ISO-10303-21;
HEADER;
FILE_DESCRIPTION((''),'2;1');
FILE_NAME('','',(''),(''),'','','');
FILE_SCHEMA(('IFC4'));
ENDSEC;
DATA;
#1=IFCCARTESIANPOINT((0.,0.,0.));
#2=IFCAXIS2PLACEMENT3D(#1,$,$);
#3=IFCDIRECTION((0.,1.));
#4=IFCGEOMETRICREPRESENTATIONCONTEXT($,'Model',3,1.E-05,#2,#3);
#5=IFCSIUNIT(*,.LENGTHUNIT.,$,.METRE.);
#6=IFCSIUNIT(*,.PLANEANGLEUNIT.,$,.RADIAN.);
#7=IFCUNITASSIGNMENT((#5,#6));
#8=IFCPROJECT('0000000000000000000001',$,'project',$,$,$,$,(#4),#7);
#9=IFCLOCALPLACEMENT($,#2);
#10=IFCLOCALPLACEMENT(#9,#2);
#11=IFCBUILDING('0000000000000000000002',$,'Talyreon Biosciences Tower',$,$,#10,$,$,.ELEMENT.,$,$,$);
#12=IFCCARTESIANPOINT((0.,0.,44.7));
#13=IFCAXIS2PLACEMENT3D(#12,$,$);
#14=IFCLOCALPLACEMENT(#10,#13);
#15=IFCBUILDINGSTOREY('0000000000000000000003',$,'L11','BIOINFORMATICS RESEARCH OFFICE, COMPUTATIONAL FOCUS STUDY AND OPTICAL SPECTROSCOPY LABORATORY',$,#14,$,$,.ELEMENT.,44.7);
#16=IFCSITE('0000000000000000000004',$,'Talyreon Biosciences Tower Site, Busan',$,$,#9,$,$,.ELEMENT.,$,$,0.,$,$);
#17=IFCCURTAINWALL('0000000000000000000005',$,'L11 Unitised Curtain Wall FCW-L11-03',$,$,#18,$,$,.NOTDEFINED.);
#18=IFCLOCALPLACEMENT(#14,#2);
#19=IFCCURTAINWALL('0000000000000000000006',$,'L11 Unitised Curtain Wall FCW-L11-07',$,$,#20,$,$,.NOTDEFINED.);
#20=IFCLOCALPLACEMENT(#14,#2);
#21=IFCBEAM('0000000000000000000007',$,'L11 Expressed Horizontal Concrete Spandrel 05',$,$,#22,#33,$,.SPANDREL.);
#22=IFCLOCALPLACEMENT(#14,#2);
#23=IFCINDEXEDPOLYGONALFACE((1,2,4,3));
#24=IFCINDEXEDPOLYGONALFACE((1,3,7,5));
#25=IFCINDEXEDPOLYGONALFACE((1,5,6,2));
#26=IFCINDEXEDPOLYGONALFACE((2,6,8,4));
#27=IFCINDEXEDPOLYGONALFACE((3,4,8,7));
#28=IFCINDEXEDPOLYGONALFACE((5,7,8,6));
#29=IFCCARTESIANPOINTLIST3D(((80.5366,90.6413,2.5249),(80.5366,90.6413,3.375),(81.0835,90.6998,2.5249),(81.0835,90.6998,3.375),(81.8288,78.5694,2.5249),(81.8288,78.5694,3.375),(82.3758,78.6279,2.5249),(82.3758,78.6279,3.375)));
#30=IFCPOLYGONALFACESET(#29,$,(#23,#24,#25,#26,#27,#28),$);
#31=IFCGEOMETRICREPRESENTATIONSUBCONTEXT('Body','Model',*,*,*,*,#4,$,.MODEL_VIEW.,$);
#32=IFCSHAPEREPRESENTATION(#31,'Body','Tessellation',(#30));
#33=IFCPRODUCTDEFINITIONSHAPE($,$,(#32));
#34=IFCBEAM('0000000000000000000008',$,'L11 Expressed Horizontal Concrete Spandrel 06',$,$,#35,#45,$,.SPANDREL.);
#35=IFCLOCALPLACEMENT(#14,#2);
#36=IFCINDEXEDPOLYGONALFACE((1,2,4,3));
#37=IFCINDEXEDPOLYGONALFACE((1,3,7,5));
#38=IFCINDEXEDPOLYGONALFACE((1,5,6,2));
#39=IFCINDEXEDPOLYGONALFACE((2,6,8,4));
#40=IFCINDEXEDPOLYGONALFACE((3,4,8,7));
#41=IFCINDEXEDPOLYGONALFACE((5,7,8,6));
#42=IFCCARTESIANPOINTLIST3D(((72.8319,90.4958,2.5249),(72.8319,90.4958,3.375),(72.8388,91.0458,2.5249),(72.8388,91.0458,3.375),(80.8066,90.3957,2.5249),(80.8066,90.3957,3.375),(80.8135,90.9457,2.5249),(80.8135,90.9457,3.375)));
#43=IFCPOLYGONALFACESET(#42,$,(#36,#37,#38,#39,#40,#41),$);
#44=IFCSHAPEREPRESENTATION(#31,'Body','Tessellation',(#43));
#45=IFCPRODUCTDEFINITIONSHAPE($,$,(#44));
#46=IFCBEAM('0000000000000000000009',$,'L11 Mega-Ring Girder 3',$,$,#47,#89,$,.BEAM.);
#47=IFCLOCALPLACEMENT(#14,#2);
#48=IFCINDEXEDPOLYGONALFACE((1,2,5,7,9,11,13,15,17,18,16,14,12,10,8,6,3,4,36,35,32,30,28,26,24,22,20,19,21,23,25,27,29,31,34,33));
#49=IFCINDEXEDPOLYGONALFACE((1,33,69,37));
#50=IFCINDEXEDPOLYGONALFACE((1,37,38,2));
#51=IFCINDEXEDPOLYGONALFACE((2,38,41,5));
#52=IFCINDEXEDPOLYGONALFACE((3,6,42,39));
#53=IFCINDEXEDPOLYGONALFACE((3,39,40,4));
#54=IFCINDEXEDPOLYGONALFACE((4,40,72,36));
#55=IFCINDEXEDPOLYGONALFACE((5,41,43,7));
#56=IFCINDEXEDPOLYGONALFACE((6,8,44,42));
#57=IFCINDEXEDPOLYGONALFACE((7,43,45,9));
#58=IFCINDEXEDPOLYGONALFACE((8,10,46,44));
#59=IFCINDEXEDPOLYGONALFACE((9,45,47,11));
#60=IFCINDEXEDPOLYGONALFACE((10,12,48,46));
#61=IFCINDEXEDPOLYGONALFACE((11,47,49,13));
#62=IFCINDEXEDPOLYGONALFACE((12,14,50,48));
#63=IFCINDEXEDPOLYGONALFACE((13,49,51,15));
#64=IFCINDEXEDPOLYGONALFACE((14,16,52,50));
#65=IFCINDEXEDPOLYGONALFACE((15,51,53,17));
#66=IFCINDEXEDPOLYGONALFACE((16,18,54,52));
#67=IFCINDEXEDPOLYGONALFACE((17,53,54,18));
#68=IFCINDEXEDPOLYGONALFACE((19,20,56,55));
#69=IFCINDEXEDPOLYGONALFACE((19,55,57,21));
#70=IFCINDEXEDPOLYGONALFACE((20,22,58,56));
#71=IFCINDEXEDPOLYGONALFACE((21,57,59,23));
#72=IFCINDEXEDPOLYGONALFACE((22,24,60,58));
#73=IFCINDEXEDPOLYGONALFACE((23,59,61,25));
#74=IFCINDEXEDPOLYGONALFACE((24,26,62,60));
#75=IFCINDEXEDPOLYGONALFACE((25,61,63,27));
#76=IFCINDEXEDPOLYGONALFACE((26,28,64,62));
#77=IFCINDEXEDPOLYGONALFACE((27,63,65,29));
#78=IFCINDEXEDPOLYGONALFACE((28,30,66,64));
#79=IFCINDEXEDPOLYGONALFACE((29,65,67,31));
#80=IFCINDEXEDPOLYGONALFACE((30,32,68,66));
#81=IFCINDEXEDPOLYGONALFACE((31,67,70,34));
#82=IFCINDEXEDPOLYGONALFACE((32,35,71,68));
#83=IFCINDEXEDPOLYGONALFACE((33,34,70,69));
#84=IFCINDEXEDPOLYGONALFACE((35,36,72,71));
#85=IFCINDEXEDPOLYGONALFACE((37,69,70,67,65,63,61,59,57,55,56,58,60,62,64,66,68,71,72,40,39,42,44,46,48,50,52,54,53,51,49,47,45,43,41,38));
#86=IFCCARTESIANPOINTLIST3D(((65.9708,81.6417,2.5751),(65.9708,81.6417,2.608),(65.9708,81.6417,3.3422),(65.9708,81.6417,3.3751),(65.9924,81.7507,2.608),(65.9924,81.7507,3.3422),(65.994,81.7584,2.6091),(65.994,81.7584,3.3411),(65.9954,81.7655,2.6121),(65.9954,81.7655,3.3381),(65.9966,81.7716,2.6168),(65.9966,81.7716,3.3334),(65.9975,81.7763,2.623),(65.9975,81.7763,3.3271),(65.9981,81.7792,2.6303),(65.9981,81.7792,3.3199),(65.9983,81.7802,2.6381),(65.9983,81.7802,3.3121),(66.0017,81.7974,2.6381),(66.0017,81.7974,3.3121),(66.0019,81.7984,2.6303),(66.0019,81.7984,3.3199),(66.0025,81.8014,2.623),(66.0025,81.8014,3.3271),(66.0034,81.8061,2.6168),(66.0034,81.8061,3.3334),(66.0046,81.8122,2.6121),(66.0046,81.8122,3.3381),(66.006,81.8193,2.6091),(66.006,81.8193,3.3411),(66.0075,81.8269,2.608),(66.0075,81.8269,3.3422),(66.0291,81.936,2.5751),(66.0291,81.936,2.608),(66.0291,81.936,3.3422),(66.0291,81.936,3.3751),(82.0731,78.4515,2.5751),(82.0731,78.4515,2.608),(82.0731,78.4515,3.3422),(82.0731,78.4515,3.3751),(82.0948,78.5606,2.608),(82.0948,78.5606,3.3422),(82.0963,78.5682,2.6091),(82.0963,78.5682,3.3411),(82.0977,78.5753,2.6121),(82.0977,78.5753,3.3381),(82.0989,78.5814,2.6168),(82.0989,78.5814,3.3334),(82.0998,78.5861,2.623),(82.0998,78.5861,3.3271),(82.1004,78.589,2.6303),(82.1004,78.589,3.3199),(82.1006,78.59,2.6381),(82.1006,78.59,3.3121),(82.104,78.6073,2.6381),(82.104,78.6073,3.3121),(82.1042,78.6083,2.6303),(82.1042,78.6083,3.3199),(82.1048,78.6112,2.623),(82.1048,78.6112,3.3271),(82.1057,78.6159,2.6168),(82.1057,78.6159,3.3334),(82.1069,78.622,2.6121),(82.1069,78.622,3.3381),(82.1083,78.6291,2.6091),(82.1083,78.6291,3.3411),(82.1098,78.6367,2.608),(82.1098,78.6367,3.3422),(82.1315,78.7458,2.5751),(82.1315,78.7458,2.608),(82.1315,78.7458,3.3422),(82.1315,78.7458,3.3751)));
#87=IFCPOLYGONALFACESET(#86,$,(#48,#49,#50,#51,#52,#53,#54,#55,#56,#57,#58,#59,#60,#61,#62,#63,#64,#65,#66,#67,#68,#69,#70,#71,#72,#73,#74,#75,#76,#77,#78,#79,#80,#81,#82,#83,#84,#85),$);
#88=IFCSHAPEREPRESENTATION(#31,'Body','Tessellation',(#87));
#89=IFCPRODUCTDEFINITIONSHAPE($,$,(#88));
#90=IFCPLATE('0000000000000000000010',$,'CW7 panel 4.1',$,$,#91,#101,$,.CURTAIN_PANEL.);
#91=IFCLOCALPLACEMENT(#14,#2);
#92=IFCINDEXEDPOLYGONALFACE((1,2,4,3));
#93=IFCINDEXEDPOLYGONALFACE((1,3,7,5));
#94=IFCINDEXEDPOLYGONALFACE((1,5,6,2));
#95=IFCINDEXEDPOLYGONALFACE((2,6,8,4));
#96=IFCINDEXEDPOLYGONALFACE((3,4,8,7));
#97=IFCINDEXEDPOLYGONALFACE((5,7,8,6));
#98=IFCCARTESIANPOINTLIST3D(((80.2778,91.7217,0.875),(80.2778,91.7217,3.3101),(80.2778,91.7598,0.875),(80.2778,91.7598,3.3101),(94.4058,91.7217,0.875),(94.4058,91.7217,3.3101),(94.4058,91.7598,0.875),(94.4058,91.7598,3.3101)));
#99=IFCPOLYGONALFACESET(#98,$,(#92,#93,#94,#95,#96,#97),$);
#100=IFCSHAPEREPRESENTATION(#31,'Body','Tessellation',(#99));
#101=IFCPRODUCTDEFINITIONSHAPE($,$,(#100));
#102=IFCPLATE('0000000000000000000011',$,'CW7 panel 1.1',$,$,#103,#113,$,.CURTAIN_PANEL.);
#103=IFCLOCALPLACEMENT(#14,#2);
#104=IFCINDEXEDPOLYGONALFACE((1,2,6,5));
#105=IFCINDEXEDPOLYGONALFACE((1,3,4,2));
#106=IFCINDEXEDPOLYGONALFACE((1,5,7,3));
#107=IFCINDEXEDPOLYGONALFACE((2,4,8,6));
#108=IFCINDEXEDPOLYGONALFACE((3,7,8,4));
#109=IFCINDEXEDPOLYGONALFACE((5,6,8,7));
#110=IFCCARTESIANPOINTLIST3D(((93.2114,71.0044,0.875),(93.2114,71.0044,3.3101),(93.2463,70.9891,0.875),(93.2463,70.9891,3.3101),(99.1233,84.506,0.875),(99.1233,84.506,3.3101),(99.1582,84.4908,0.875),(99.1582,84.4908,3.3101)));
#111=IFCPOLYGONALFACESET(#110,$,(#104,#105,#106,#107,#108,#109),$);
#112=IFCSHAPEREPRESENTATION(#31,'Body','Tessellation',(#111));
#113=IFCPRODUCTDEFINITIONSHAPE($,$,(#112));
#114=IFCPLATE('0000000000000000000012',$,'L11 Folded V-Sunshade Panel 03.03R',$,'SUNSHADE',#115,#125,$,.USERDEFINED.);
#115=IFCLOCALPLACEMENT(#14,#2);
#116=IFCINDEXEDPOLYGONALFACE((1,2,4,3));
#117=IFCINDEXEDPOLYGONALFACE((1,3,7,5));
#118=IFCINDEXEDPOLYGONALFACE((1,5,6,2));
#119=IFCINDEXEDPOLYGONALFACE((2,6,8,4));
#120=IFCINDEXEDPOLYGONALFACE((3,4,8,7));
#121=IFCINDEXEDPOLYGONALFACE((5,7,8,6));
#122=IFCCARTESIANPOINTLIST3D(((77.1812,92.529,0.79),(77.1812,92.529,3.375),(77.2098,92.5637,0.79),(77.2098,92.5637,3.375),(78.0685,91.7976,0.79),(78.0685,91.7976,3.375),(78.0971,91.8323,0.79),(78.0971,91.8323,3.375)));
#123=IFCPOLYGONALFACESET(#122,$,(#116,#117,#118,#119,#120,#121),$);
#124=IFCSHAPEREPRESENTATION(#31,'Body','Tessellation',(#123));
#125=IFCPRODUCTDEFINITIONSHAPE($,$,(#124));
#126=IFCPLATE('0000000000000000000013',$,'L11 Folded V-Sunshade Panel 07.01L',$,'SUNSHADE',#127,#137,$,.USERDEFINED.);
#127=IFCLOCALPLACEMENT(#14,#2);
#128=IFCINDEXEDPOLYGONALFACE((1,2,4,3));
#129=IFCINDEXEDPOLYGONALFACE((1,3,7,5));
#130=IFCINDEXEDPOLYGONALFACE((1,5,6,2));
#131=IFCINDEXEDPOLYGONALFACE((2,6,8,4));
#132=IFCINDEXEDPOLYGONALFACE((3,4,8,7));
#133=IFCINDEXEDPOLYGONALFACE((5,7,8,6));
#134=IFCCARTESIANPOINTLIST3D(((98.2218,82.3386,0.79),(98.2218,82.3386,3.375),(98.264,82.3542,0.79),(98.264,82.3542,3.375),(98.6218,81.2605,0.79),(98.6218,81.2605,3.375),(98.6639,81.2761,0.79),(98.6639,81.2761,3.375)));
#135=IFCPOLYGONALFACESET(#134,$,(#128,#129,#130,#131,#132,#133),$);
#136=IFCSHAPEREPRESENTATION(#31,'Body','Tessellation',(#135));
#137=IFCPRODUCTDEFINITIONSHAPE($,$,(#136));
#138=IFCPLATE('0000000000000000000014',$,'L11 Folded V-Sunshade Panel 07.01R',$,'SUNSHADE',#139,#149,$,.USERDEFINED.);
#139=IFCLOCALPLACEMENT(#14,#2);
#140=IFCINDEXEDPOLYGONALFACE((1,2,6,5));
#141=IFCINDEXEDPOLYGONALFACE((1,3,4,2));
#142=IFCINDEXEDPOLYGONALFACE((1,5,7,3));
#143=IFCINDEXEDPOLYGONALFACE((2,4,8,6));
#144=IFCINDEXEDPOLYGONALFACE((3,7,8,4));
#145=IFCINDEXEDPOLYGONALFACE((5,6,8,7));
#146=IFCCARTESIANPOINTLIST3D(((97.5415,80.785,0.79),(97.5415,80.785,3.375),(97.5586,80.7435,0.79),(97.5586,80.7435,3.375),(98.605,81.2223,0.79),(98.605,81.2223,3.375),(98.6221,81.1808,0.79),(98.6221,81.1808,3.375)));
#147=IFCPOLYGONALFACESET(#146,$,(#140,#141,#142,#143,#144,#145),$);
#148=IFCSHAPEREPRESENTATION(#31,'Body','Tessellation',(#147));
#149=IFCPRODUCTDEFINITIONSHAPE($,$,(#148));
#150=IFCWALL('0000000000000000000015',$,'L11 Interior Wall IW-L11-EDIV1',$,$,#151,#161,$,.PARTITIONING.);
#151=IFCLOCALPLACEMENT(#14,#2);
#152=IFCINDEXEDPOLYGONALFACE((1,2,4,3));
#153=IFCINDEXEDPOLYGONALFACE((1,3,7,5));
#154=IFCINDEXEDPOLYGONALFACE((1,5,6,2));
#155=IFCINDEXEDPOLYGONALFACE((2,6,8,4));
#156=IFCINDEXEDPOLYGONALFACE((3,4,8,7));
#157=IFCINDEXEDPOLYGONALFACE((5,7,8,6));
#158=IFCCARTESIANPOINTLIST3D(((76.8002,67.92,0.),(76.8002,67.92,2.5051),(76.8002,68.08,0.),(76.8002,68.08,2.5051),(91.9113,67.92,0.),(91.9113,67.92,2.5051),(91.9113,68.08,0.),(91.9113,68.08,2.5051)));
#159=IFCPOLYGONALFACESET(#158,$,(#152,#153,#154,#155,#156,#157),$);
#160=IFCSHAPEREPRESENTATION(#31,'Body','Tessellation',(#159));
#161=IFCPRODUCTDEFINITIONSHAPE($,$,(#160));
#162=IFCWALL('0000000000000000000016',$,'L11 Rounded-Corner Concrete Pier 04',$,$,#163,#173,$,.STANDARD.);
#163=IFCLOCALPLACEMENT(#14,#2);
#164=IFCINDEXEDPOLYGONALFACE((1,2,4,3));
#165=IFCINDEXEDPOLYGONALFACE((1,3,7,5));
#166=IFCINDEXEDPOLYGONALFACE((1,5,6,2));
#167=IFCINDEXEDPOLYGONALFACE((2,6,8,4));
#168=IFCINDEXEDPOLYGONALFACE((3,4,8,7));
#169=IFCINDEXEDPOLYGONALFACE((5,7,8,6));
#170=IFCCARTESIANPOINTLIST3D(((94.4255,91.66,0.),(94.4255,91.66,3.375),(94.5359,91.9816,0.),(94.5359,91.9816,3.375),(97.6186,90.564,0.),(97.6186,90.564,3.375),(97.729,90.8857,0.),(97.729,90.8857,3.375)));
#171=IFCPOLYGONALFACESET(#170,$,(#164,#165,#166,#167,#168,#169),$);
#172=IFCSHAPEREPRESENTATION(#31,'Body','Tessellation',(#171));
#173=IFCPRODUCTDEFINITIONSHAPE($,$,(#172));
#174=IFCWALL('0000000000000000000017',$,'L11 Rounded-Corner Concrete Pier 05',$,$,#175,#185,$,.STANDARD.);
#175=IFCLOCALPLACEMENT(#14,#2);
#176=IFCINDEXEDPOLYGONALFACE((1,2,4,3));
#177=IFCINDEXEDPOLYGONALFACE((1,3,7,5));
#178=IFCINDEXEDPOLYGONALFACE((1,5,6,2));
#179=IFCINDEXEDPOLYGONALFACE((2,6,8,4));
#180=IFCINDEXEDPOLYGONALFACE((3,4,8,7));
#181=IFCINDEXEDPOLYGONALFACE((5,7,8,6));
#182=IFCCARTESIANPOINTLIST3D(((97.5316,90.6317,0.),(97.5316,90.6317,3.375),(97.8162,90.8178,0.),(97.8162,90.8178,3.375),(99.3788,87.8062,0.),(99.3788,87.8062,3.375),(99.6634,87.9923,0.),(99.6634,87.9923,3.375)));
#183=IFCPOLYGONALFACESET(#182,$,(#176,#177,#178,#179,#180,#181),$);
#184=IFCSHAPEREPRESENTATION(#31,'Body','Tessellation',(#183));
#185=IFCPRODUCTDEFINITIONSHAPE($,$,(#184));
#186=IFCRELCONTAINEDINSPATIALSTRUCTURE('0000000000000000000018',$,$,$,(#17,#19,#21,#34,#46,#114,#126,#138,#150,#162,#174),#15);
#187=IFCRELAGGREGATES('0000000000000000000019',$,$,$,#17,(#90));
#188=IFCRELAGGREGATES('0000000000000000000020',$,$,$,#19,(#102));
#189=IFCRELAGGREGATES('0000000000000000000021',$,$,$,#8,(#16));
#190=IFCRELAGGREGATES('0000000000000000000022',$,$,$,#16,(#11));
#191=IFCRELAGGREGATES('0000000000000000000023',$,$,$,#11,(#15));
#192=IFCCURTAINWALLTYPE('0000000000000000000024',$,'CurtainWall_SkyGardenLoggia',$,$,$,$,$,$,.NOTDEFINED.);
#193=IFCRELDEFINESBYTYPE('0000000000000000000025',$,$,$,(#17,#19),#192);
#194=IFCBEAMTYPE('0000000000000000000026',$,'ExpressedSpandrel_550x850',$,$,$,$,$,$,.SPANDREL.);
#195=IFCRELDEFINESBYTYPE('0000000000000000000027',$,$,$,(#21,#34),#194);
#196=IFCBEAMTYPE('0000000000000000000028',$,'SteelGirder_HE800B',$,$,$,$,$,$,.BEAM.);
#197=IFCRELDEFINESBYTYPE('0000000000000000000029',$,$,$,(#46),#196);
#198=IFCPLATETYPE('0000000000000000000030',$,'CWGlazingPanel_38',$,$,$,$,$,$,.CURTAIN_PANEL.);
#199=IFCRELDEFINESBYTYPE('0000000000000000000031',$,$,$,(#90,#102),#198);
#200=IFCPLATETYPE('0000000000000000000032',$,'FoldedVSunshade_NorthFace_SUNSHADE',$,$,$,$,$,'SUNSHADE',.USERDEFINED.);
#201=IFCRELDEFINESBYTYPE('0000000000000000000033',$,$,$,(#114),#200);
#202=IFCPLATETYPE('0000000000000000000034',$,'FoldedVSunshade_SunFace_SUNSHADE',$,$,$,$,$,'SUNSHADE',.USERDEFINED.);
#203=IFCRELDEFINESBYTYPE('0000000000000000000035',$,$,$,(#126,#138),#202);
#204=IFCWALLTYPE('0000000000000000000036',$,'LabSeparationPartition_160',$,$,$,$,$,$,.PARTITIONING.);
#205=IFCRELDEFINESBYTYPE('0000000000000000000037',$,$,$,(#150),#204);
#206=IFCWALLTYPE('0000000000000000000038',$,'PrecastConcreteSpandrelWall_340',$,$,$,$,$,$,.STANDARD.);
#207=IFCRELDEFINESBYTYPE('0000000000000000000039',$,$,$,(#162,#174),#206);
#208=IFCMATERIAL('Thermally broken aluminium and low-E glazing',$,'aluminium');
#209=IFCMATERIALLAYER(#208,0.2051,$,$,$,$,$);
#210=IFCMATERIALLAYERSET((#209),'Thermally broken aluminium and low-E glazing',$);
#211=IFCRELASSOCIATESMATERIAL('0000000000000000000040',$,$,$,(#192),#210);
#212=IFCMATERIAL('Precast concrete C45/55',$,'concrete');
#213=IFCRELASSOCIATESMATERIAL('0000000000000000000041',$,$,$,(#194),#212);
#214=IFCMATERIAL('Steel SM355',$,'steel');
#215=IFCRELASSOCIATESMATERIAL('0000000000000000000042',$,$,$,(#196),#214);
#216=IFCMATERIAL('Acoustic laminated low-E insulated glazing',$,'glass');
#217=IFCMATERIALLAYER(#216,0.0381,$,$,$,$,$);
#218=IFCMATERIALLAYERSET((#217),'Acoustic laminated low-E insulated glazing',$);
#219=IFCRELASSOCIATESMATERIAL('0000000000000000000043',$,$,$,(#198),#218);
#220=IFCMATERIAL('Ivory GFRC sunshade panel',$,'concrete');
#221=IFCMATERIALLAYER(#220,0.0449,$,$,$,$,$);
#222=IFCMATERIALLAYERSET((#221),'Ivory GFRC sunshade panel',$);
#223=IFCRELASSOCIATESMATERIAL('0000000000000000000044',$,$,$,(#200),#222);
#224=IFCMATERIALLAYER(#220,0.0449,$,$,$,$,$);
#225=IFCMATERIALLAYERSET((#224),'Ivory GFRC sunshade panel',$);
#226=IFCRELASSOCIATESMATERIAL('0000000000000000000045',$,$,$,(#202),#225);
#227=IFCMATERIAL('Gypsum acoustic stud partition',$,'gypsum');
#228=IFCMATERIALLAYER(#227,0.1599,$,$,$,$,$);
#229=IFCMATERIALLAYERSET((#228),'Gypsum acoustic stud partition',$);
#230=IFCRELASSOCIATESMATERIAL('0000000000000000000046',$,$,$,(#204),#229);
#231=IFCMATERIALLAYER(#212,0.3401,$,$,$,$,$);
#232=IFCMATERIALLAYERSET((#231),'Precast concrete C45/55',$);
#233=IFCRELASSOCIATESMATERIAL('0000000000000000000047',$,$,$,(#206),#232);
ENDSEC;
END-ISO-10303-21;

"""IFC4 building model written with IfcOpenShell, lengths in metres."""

from ifc_helpers import new_model, si_unit, direction, frame, frame_2d, origin, origin_2d, place, context, subcontext, project, spatial, rectangle, i_section, extrude, material, layer, layer_set, material_profile, profile_set, type_object, element, aggregate, save


model = new_model("IFC4")

# Units and contexts
model_context = context("Model", 3, precision=1e-05, world=origin(), true_north=direction((0.0, 1.0)))
body_context = subcontext(model_context, "Body", "Model", "MODEL_VIEW")
ifc_project = project(units=[si_unit("LENGTHUNIT", "METRE"), si_unit("PLANEANGLEUNIT", "RADIAN")], contexts=[model_context])

# Site, building, storey
site_placement = place(None, origin())
site = spatial("IfcSite", under=ifc_project, at=site_placement, Name="Talyreon Biosciences Tower Site, Busan", CompositionType="ELEMENT", RefElevation=0.0)
building_placement = place(site_placement, origin())
building = spatial("IfcBuilding", under=site, at=building_placement, Name="Talyreon Biosciences Tower", CompositionType="ELEMENT")
storey_placement = place(building_placement, frame((0.0, 0.0, 44.7)))
storey = spatial("IfcBuildingStorey", under=building, at=storey_placement, Name="L11", Description="BIOINFORMATICS RESEARCH OFFICE, COMPUTATIONAL FOCUS STUDY AND OPTICAL SPECTROSCOPY LABORATORY", CompositionType="ELEMENT", Elevation=44.7)

# Curtain walls
ifc_material_1 = material(Name="Thermally broken aluminium and low-E glazing", Category="aluminium")
ifc_layer_1 = layer(ifc_material_1, 0.2051)
ifc_layer_set_1 = layer_set([ifc_layer_1], Name="Thermally broken aluminium and low-E glazing")
curtain_wall_type = type_object("IfcCurtainWallType", Name="CurtainWall_SkyGardenLoggia", PredefinedType="NOTDEFINED", material=ifc_layer_set_1)
curtain_wall_1_placement = place(storey_placement, origin())
curtain_wall_1 = element("IfcCurtainWall", 1, at=curtain_wall_1_placement, inside=storey, type_object=curtain_wall_type, Name="L11 Unitised Curtain Wall FCW-L11-03", PredefinedType="NOTDEFINED")
curtain_wall_2_placement = place(storey_placement, origin())
curtain_wall_2 = element("IfcCurtainWall", 2, at=curtain_wall_2_placement, inside=storey, type_object=curtain_wall_type, Name="L11 Unitised Curtain Wall FCW-L11-07", PredefinedType="NOTDEFINED")

# Beams
ifc_material_2 = material(Name="Precast concrete C45/55", Category="concrete")
ifc_material_profile_1 = material_profile(ifc_material_2, rectangle(XDim=0.55, YDim=0.8501, at=origin_2d()), Name="RCB 550x850")
ifc_profile_set_1 = profile_set([ifc_material_profile_1], Name="Precast concrete C45/55")
beam_type_1 = type_object("IfcBeamType", Name="ExpressedSpandrel_550x850", PredefinedType="SPANDREL", material=ifc_profile_set_1)
beam_1_placement = place(storey_placement, frame((82.1023, 78.5986, 2.95), z_axis=(-0.106436, 0.99432, 0.0), x_axis=(-0.99432, -0.106436, 0.0)))
element("IfcBeam", 3, at=beam_1_placement, inside=storey, type_object=beam_type_1, Name="L11 Expressed Horizontal Concrete Spandrel 05", PredefinedType="SPANDREL", context=body_context, shape_type="SweptSolid", body=[
    extrude(rectangle(XDim=0.55, YDim=0.8501, at=origin_2d()), origin(), (0.0, 0.0, 1.0), 12.1409),
])
beam_2_placement = place(storey_placement, frame((80.8101, 90.6707, 2.95), z_axis=(-0.999921, 0.012551, 0.0), x_axis=(-0.012551, -0.999921, 0.0)))
element("IfcBeam", 4, at=beam_2_placement, inside=storey, type_object=beam_type_1, Name="L11 Expressed Horizontal Concrete Spandrel 06", PredefinedType="SPANDREL", context=body_context, shape_type="SweptSolid", body=[
    extrude(rectangle(XDim=0.55, YDim=0.8501, at=origin_2d()), origin(), (0.0, 0.0, 1.0), 7.9753),
])
ifc_material_3 = material(Name="Steel SM355", Category="steel")
ifc_material_profile_2 = material_profile(ifc_material_3, i_section(OverallWidth=0.3, OverallDepth=0.8, WebThickness=0.0176, FlangeThickness=0.033, FilletRadius=0.03, at=origin_2d()), Name="HE800B")
ifc_profile_set_2 = profile_set([ifc_material_profile_2], Name="Steel SM355")
beam_type_2 = type_object("IfcBeamType", Name="SteelGirder_HE800B", PredefinedType="BEAM", material=ifc_profile_set_2)
beam_3_placement = place(storey_placement, frame((82.1023, 78.5986, 2.9751), z_axis=(-0.980934, 0.194343, 0.0), x_axis=(-0.194343, -0.980934, 0.0)))
element("IfcBeam", 5, at=beam_3_placement, inside=storey, type_object=beam_type_2, Name="L11 Mega-Ring Girder 3", PredefinedType="BEAM", context=body_context, shape_type="SweptSolid", body=[
    extrude(i_section(OverallWidth=0.3, OverallDepth=0.8, WebThickness=0.0176, FlangeThickness=0.033, FilletRadius=0.03, at=origin_2d()), origin(), (0.0, 0.0, 1.0), 16.4153),
])

# Plates
ifc_material_4 = material(Name="Acoustic laminated low-E insulated glazing", Category="glass")
ifc_layer_2 = layer(ifc_material_4, 0.0381)
ifc_layer_set_2 = layer_set([ifc_layer_2], Name="Acoustic laminated low-E insulated glazing")
plate_type_1 = type_object("IfcPlateType", Name="CWGlazingPanel_38", PredefinedType="CURTAIN_PANEL", material=ifc_layer_set_2)
plate_1_placement = place(storey_placement, frame((87.3418, 91.7407, 0.875), z_axis=(0.0, 0.0, 1.0), x_axis=(1.0, 0.0, 0.0)))
plate_1 = element("IfcPlate", 6, at=plate_1_placement, type_object=plate_type_1, Name="CW7 panel 4.1", PredefinedType="CURTAIN_PANEL", context=body_context, shape_type="SweptSolid", body=[
    extrude(rectangle(XDim=14.1279, YDim=0.0381, at=origin_2d()), origin(), (0.0, 0.0, 1.0), 2.4351),
])
aggregate(curtain_wall_1, [plate_1])
plate_2_placement = place(storey_placement, frame((96.1848, 77.7476, 0.875), z_axis=(0.0, 0.0, 1.0), x_axis=(-0.401098, -0.916035, 0.0)))
plate_2 = element("IfcPlate", 7, at=plate_2_placement, type_object=plate_type_1, Name="CW7 panel 1.1", PredefinedType="CURTAIN_PANEL", context=body_context, shape_type="SweptSolid", body=[
    extrude(rectangle(XDim=14.7393, YDim=0.0381, at=origin_2d()), origin(), (0.0, 0.0, 1.0), 2.4351),
])
aggregate(curtain_wall_2, [plate_2])

# Plates
ifc_material_5 = material(Name="Ivory GFRC sunshade panel", Category="concrete")
ifc_layer_3 = layer(ifc_material_5, 0.0449)
ifc_layer_set_3 = layer_set([ifc_layer_3], Name="Ivory GFRC sunshade panel")
plate_type_2 = type_object("IfcPlateType", Name="FoldedVSunshade_NorthFace_SUNSHADE", ElementType="SUNSHADE", PredefinedType="USERDEFINED", material=ifc_layer_set_3)
plate_3_placement = place(storey_placement, frame((77.6392, 92.1807, 0.79), z_axis=(0.0, 0.0, 1.0), x_axis=(0.771625, -0.636078, 0.0)))
element("IfcPlate", 8, at=plate_3_placement, inside=storey, type_object=plate_type_2, Name="L11 Folded V-Sunshade Panel 03.03R", ObjectType="SUNSHADE", PredefinedType="USERDEFINED", context=body_context, shape_type="SweptSolid", body=[
    extrude(rectangle(XDim=1.1499, YDim=0.0449, at=origin_2d()), origin(), (0.0, 0.0, 1.0), 2.585),
])
ifc_layer_4 = layer(ifc_material_5, 0.0449)
ifc_layer_set_4 = layer_set([ifc_layer_4], Name="Ivory GFRC sunshade panel")
plate_type_3 = type_object("IfcPlateType", Name="FoldedVSunshade_SunFace_SUNSHADE", ElementType="SUNSHADE", PredefinedType="USERDEFINED", material=ifc_layer_set_4)
for number, where, z_axis, x_axis, name in (
    (9, (98.4429, 81.8074, 0.79), (0.0, 0.0, 1.0), (0.347803, -0.937568, 0.0), "L11 Folded V-Sunshade Panel 07.01L"),
    (10, (98.0818, 80.9829, 0.79), (0.0, 0.0, 1.0), (-0.924858, -0.380312, 0.0), "L11 Folded V-Sunshade Panel 07.01R"),
):
    element("IfcPlate", number, at=place(storey_placement, frame(where, z_axis=z_axis, x_axis=x_axis)), inside=storey, type_object=plate_type_3, Name=name, ObjectType="SUNSHADE", PredefinedType="USERDEFINED", context=body_context, shape_type="SweptSolid", body=[
        extrude(rectangle(XDim=1.1499, YDim=0.0449, at=origin_2d()), origin(), (0.0, 0.0, 1.0), 2.585),
    ])

# Walls
ifc_material_6 = material(Name="Gypsum acoustic stud partition", Category="gypsum")
ifc_layer_5 = layer(ifc_material_6, 0.1599)
ifc_layer_set_5 = layer_set([ifc_layer_5], Name="Gypsum acoustic stud partition")
wall_type_1 = type_object("IfcWallType", Name="LabSeparationPartition_160", PredefinedType="PARTITIONING", material=ifc_layer_set_5)
wall_1_placement = place(storey_placement, frame((76.8, 68.0, 0.0), z_axis=(0.0, 0.0, 1.0), x_axis=(1.0, 0.0, 0.0)))
element("IfcWall", 11, at=wall_1_placement, inside=storey, type_object=wall_type_1, Name="L11 Interior Wall IW-L11-EDIV1", PredefinedType="PARTITIONING", context=body_context, shape_type="SweptSolid", body=[
    extrude(rectangle(XDim=15.1111, YDim=0.1599, at=frame_2d((7.5557, 0.0))), origin(), (0.0, 0.0, 1.0), 2.5051),
])
ifc_layer_6 = layer(ifc_material_2, 0.3401)
ifc_layer_set_6 = layer_set([ifc_layer_6], Name="Precast concrete C45/55")
wall_type_2 = type_object("IfcWallType", Name="PrecastConcreteSpandrelWall_340", PredefinedType="STANDARD", material=ifc_layer_set_6)
wall_2_placement = place(storey_placement, frame((94.4807, 91.8208, 0.0), z_axis=(0.0, 0.0, 1.0), x_axis=(0.94584, -0.324633, 0.0)))
element("IfcWall", 12, at=wall_2_placement, inside=storey, type_object=wall_type_2, Name="L11 Rounded-Corner Concrete Pier 04", PredefinedType="STANDARD", context=body_context, shape_type="SweptSolid", body=[
    extrude(rectangle(XDim=3.376, YDim=0.3401, at=frame_2d((1.688, 0.0))), origin(), (0.0, 0.0, 1.0), 3.375),
])
wall_3_placement = place(storey_placement, frame((97.6738, 90.7249, 0.0), z_axis=(0.0, 0.0, 1.0), x_axis=(0.547201, -0.837001, 0.0)))
element("IfcWall", 13, at=wall_3_placement, inside=storey, type_object=wall_type_2, Name="L11 Rounded-Corner Concrete Pier 05", PredefinedType="STANDARD", context=body_context, shape_type="SweptSolid", body=[
    extrude(rectangle(XDim=3.3757, YDim=0.3401, at=frame_2d((1.688, 0.0))), origin(), (0.0, 0.0, 1.0), 3.375),
])

save(model, "model.ifc")
